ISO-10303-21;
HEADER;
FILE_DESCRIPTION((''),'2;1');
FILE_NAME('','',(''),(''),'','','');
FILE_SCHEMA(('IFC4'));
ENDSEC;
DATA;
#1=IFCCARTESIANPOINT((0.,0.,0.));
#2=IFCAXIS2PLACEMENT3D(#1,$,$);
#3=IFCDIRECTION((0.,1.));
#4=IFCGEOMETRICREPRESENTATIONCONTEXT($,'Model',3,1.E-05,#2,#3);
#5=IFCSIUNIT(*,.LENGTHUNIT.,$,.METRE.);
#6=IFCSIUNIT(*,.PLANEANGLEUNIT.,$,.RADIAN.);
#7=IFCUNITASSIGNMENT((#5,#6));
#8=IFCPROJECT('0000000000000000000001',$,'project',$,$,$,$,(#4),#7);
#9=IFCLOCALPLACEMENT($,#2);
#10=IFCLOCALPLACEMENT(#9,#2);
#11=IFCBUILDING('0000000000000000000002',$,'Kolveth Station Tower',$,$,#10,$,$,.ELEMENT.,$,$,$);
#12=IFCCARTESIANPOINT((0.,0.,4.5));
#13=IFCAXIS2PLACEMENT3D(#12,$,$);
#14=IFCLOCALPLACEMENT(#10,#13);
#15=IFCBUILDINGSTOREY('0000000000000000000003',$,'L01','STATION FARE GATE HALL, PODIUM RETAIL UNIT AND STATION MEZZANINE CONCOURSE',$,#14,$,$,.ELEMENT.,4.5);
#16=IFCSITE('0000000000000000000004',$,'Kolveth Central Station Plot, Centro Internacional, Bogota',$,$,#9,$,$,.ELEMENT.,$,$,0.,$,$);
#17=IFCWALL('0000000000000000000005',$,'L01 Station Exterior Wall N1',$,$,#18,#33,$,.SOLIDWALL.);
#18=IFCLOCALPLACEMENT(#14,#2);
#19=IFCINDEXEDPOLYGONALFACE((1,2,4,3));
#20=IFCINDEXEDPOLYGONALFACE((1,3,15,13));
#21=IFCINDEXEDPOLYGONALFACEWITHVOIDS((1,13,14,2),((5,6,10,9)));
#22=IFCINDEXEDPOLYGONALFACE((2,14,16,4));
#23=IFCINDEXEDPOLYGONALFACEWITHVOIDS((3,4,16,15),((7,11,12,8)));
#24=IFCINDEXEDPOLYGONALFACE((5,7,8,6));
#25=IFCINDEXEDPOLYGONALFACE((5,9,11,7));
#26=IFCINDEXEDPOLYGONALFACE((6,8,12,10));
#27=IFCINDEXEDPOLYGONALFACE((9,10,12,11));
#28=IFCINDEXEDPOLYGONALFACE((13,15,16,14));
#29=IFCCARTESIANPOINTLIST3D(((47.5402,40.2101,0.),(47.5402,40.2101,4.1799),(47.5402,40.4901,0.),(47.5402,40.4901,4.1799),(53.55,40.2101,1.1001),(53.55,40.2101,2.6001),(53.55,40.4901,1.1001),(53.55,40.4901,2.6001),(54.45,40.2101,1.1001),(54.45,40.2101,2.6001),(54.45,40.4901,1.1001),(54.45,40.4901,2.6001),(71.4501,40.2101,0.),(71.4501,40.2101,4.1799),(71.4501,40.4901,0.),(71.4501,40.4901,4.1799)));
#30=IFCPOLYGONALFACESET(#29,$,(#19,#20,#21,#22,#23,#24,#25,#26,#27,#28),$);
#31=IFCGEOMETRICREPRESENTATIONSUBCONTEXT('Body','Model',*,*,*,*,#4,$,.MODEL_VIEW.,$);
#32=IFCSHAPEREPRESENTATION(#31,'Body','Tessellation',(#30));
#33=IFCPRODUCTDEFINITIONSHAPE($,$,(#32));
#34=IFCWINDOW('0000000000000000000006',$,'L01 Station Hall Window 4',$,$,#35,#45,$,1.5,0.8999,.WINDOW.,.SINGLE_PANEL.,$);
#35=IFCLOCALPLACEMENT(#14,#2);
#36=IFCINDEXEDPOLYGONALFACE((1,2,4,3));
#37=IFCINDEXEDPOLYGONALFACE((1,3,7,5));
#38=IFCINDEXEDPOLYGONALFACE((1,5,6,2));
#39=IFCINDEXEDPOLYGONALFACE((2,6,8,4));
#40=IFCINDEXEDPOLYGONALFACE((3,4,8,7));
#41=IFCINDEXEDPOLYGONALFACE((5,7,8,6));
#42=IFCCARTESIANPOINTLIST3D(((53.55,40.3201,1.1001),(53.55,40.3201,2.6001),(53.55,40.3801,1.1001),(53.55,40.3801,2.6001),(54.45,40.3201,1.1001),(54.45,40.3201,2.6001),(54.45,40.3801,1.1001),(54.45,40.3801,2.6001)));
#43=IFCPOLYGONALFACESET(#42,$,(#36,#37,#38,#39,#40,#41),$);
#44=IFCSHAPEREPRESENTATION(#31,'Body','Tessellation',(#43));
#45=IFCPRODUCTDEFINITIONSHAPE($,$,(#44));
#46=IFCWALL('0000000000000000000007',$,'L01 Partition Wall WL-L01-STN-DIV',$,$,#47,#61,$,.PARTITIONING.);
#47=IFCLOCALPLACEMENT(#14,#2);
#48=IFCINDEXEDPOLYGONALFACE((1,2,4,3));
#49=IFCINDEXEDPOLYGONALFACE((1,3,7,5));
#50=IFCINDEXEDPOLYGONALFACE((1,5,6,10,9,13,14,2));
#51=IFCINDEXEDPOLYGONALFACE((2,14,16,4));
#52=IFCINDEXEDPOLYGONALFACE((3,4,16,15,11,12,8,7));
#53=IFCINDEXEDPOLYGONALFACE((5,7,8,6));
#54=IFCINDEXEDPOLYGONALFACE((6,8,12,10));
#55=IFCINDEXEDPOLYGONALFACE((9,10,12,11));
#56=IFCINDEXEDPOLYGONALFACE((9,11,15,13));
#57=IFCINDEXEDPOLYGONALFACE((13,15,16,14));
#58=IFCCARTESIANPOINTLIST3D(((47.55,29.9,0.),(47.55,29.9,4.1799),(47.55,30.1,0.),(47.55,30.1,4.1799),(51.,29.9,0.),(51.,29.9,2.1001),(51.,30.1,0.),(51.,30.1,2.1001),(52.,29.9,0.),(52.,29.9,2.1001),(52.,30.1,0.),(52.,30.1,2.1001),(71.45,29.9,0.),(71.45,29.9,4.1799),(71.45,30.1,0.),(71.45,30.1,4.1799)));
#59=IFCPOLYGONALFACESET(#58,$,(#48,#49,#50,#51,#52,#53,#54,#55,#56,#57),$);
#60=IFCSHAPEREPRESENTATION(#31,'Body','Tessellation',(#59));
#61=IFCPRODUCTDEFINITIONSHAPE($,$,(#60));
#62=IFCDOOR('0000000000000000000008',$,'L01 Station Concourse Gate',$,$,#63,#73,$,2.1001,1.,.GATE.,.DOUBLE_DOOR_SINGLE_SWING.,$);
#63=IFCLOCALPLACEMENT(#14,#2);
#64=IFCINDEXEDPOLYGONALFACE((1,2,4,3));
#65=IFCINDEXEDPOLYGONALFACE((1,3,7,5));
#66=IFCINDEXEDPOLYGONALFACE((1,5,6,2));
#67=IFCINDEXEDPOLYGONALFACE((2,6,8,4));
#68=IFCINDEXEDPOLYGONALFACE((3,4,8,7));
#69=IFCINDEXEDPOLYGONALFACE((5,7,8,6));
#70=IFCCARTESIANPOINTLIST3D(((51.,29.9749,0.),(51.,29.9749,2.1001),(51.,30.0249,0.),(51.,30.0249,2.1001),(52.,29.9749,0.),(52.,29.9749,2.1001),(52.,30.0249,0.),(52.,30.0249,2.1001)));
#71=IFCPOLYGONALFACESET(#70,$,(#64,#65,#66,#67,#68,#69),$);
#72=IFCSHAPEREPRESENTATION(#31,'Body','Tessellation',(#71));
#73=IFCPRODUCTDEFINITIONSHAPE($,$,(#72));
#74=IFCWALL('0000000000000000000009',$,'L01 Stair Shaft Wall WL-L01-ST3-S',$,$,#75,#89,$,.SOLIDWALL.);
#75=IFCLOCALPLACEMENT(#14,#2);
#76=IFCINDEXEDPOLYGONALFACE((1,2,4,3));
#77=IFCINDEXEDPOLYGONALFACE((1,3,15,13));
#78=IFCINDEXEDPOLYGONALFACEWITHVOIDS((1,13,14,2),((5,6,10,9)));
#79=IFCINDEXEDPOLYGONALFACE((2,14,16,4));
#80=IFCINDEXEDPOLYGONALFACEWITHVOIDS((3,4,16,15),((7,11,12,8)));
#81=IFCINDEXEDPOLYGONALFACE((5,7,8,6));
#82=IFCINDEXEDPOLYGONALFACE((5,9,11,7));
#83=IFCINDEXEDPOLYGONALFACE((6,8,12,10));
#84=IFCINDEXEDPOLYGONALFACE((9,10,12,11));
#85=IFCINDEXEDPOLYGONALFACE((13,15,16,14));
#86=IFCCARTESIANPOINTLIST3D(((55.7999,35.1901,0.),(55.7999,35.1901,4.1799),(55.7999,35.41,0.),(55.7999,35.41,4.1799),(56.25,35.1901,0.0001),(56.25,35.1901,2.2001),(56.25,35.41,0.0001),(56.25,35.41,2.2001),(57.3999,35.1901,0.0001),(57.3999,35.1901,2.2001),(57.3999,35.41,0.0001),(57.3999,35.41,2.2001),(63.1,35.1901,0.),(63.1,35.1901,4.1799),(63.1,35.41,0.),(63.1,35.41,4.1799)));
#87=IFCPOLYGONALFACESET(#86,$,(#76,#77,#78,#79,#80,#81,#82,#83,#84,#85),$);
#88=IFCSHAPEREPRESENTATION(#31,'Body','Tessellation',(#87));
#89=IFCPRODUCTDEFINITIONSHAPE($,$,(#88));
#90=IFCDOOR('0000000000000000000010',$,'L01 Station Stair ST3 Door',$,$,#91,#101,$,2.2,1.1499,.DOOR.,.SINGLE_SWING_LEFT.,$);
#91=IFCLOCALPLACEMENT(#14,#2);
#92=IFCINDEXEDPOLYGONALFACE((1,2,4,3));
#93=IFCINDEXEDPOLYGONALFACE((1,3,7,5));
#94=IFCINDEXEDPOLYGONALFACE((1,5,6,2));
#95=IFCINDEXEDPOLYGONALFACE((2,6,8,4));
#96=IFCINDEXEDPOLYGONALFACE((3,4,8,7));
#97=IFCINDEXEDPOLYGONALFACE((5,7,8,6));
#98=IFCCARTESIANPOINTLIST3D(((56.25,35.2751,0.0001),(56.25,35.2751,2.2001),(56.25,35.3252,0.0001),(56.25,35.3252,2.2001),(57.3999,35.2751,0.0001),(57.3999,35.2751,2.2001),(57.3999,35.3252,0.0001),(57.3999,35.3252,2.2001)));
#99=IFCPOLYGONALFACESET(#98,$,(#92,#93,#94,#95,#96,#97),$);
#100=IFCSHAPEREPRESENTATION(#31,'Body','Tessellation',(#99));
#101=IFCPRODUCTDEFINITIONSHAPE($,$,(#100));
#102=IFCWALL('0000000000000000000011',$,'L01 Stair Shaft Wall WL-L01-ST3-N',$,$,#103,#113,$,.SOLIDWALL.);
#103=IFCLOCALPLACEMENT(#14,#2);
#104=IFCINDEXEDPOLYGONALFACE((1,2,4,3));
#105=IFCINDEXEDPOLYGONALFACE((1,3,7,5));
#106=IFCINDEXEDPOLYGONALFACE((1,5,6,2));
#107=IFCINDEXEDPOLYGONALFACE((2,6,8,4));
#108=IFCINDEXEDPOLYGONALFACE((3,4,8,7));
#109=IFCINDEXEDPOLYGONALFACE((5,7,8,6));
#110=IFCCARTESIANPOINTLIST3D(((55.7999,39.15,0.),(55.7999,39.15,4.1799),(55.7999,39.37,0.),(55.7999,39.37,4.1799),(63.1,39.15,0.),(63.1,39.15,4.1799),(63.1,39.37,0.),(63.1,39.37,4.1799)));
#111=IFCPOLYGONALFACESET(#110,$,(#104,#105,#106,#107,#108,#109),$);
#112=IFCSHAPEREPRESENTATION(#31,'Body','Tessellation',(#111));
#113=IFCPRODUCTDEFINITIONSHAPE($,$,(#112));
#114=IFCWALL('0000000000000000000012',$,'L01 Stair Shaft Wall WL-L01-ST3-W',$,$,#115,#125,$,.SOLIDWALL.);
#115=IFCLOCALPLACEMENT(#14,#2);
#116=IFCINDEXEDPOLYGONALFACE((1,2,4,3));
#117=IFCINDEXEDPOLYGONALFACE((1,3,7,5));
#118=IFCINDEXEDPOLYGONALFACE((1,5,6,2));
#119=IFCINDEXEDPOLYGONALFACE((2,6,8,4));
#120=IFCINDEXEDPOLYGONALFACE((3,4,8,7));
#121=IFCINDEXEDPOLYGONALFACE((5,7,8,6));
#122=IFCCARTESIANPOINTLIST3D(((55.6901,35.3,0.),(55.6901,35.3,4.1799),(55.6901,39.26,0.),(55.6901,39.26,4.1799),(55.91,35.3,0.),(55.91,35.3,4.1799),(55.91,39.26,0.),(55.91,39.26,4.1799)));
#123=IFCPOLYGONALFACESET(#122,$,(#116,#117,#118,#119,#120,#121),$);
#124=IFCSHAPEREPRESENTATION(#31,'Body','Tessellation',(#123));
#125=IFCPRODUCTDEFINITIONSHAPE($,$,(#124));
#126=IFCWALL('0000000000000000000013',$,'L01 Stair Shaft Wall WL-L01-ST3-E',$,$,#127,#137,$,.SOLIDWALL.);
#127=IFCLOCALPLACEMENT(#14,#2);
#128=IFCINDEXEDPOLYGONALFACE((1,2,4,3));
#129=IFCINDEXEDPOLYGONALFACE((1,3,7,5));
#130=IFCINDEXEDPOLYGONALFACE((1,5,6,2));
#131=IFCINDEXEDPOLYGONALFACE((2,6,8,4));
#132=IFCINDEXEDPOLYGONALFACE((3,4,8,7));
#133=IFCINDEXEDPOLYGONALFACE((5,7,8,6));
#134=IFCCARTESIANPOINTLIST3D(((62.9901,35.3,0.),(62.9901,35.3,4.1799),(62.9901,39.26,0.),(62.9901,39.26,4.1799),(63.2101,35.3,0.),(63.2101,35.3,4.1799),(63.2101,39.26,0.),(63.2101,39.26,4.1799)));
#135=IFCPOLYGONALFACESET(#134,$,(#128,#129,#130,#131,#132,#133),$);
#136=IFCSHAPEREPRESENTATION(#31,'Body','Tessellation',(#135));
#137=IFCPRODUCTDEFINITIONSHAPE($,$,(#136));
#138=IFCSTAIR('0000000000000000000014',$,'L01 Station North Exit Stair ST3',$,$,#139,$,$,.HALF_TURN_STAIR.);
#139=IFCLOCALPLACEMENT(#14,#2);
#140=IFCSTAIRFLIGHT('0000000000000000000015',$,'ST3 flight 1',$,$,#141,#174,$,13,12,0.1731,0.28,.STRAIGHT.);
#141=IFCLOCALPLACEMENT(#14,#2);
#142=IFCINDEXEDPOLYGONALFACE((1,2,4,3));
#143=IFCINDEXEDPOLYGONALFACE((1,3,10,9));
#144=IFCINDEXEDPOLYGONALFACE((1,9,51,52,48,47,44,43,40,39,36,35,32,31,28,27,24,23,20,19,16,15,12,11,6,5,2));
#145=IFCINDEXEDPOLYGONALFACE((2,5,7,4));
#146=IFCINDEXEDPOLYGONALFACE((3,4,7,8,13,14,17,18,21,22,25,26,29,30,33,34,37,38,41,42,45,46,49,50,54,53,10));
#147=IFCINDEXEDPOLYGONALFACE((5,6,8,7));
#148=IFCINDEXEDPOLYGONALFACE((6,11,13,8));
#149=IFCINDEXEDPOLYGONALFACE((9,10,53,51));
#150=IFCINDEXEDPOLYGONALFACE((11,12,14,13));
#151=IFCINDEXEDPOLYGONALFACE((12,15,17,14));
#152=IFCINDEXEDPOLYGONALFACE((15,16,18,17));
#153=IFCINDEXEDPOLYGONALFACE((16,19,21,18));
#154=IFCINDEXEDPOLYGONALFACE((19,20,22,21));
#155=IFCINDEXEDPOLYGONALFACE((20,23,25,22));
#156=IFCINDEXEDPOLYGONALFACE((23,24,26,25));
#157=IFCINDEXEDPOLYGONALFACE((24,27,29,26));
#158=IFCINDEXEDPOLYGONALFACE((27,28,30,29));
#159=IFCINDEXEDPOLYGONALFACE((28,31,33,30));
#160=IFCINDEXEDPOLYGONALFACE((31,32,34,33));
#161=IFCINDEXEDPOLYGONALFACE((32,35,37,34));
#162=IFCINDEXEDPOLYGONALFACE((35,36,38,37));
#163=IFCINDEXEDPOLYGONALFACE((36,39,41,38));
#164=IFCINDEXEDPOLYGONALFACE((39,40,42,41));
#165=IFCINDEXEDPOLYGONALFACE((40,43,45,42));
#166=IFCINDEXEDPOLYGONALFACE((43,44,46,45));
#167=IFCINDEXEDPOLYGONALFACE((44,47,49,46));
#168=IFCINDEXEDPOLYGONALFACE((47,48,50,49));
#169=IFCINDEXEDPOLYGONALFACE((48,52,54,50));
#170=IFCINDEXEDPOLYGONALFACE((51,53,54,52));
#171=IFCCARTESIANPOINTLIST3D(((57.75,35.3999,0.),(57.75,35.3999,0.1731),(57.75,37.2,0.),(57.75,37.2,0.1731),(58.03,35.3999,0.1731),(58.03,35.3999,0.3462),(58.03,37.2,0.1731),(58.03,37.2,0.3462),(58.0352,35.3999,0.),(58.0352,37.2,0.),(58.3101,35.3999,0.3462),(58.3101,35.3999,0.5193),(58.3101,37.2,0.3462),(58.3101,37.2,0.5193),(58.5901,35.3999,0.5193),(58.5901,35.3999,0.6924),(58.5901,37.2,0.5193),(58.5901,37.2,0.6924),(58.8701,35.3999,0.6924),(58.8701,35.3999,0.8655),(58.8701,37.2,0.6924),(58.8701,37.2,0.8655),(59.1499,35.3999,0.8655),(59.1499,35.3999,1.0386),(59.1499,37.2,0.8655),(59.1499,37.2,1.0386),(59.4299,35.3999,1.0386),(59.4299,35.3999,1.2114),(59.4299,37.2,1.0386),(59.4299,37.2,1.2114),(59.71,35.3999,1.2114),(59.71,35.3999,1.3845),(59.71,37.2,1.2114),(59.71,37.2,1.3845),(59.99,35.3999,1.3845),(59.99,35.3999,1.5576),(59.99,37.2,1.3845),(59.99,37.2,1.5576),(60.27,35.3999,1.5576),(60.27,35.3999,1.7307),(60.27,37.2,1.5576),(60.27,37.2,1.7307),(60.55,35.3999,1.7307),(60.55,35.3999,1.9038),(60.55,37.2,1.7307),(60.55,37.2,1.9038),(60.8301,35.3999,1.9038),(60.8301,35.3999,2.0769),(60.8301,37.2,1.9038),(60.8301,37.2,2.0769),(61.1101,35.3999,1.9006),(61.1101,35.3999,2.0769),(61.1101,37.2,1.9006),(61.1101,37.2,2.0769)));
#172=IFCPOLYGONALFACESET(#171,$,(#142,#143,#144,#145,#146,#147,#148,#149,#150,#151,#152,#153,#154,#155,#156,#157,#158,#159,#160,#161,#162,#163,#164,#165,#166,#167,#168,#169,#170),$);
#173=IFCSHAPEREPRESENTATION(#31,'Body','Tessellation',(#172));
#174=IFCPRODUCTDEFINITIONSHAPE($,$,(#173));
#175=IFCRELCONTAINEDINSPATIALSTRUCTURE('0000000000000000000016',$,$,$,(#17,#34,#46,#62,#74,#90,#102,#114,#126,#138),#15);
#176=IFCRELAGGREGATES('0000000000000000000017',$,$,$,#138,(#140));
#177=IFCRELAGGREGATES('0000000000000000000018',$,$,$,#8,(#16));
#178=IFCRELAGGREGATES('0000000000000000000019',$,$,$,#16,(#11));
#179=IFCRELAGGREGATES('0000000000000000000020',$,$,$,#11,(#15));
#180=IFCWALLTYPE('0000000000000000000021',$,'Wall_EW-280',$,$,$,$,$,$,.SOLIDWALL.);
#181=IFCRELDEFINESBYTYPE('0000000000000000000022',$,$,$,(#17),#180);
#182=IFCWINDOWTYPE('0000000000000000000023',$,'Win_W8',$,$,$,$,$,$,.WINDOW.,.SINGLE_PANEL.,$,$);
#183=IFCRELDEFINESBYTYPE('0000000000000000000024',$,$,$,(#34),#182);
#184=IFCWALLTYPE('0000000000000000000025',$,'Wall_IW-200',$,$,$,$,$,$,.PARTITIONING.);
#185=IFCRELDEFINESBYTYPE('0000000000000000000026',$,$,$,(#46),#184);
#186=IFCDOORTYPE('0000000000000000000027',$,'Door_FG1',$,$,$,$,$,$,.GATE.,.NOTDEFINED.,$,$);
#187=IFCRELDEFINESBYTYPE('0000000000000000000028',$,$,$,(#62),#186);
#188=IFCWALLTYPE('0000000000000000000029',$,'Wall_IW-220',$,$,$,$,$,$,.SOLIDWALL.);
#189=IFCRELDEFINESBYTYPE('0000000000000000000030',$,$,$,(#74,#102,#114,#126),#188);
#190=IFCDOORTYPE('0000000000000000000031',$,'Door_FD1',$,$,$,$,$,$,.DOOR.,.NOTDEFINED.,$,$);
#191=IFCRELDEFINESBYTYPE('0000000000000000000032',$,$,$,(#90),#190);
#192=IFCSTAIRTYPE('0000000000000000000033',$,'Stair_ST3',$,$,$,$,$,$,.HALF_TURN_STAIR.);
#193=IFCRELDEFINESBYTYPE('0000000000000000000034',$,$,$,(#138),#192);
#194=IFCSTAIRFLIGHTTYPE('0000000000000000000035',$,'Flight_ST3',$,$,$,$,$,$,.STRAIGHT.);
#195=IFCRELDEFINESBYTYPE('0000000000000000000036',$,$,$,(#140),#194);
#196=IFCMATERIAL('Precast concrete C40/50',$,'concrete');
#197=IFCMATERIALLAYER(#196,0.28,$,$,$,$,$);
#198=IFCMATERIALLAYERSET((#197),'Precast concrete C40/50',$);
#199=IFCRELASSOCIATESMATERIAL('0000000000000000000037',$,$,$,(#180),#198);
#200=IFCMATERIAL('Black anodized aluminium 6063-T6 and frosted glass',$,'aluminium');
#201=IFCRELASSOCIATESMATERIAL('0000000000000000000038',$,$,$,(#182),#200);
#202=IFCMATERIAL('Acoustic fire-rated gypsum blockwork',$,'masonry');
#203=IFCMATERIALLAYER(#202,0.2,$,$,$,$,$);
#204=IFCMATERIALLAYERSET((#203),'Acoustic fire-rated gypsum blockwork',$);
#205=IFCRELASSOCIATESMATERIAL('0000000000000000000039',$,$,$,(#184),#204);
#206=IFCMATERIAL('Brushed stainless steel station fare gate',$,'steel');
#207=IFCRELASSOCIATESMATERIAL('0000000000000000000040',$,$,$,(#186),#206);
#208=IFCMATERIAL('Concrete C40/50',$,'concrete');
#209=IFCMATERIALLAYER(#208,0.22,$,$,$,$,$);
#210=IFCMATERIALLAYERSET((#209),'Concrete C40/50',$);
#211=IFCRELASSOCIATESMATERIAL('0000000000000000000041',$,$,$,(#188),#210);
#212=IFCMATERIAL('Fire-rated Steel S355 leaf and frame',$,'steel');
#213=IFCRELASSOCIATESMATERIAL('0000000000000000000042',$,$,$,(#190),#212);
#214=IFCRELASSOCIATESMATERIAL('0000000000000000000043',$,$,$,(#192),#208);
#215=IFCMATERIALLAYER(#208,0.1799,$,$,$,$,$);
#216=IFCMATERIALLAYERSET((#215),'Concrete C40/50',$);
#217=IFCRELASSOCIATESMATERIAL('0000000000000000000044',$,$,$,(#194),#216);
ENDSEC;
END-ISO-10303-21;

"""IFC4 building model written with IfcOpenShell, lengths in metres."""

from ifc_helpers import new_model, si_unit, direction, frame, frame_2d, origin, place, context, subcontext, project, spatial, polyline, rectangle, outline, extrude, material, layer, layer_set, type_object, element, fill, aggregate, save


model = new_model("IFC4")

# Units and contexts
model_context = context("Model", 3, precision=1e-05, world=origin(), true_north=direction((0.0, 1.0)))
body_context = subcontext(model_context, "Body", "Model", "MODEL_VIEW")
ifc_project = project(units=[si_unit("LENGTHUNIT", "METRE"), si_unit("PLANEANGLEUNIT", "RADIAN")], contexts=[model_context])

# Site, building, storey
site_placement = place(None, origin())
site = spatial("IfcSite", under=ifc_project, at=site_placement, Name="Kolveth Central Station Plot, Centro Internacional, Bogota", CompositionType="ELEMENT", RefElevation=0.0)
building_placement = place(site_placement, origin())
building = spatial("IfcBuilding", under=site, at=building_placement, Name="Kolveth Station Tower", CompositionType="ELEMENT")
storey_placement = place(building_placement, frame((0.0, 0.0, 4.5)))
storey = spatial("IfcBuildingStorey", under=building, at=storey_placement, Name="L01", Description="STATION FARE GATE HALL, PODIUM RETAIL UNIT AND STATION MEZZANINE CONCOURSE", CompositionType="ELEMENT", Elevation=4.5)

# Shared definitions
ifc_material_1 = material(Name="Precast concrete C40/50", Category="concrete")
ifc_layer_1 = layer(ifc_material_1, 0.28)
ifc_layer_set_1 = layer_set([ifc_layer_1], Name="Precast concrete C40/50")
wall_type_1 = type_object("IfcWallType", Name="Wall_EW-280", PredefinedType="SOLIDWALL", material=ifc_layer_set_1)

# Wall, opening, window
wall_1_placement = place(storey_placement, frame((47.54, 40.3501, 0.0), z_axis=(0.0, 0.0, 1.0), x_axis=(1.0, 0.0, 0.0)))
wall_1 = element("IfcWall", 1, at=wall_1_placement, inside=storey, type_object=wall_type_1, Name="L01 Station Exterior Wall N1", PredefinedType="SOLIDWALL", context=body_context, shape_type="SweptSolid", body=[
    extrude(rectangle(XDim=23.9099, YDim=0.28, at=frame_2d((11.9551, 0.0))), origin(), (0.0, 0.0, 1.0), 4.1799),
])
opening_1_placement = place(wall_1_placement, frame((6.01, 0.0, 1.1001)))
opening_1 = element("IfcOpeningElement", 2, at=opening_1_placement, cuts=wall_1, PredefinedType="OPENING", context=body_context, shape_type="SweptSolid", body=[
    extrude(rectangle(XDim=0.8999, YDim=1.5, at=frame_2d((0.45, 0.75))), frame((0.0, 0.1499, 0.0), z_axis=(0.0, -1.0, 0.0), x_axis=(1.0, 0.0, 0.0)), (0.0, 0.0, 1.0), 0.3),
])
ifc_material_2 = material(Name="Black anodized aluminium 6063-T6 and frosted glass", Category="aluminium")
window_type = type_object("IfcWindowType", Name="Win_W8", PartitioningType="SINGLE_PANEL", PredefinedType="WINDOW", material=ifc_material_2)
window_placement = place(opening_1_placement, origin())
window = element("IfcWindow", 3, at=window_placement, inside=storey, type_object=window_type, Name="L01 Station Hall Window 4", OverallHeight=1.5, OverallWidth=0.8999, PartitioningType="SINGLE_PANEL", PredefinedType="WINDOW", context=body_context, shape_type="SweptSolid", body=[
    extrude(rectangle(XDim=0.8999, YDim=1.5, at=frame_2d((0.45, 0.75))), frame((0.0, 0.03, 0.0), z_axis=(0.0, -1.0, 0.0), x_axis=(1.0, 0.0, 0.0)), (0.0, 0.0, 1.0), 0.0601),
])
fill(opening_1, window)

# Walls, openings, doors
ifc_material_3 = material(Name="Acoustic fire-rated gypsum blockwork", Category="masonry")
ifc_layer_2 = layer(ifc_material_3, 0.2)
ifc_layer_set_2 = layer_set([ifc_layer_2], Name="Acoustic fire-rated gypsum blockwork")
wall_type_2 = type_object("IfcWallType", Name="Wall_IW-200", PredefinedType="PARTITIONING", material=ifc_layer_set_2)
wall_2_placement = place(storey_placement, frame((47.55, 30.0, 0.0), z_axis=(0.0, 0.0, 1.0), x_axis=(1.0, 0.0, 0.0)))
wall_2 = element("IfcWall", 4, at=wall_2_placement, inside=storey, type_object=wall_type_2, Name="L01 Partition Wall WL-L01-STN-DIV", PredefinedType="PARTITIONING", context=body_context, shape_type="SweptSolid", body=[
    extrude(rectangle(XDim=23.8999, YDim=0.2, at=frame_2d((11.95, 0.0))), origin(), (0.0, 0.0, 1.0), 4.1799),
])
opening_2_placement = place(wall_2_placement, frame((3.45, 0.0, 0.0)))
opening_2 = element("IfcOpeningElement", 5, at=opening_2_placement, cuts=wall_2, PredefinedType="OPENING", context=body_context, shape_type="SweptSolid", body=[
    extrude(rectangle(XDim=1.0, YDim=2.1001, at=frame_2d((0.5, 1.05))), frame((0.0, 0.1099, 0.0), z_axis=(0.0, -1.0, 0.0), x_axis=(1.0, 0.0, 0.0)), (0.0, 0.0, 1.0), 0.22),
])
ifc_material_4 = material(Name="Brushed stainless steel station fare gate", Category="steel")
door_type_1 = type_object("IfcDoorType", Name="Door_FG1", OperationType="NOTDEFINED", PredefinedType="GATE", material=ifc_material_4)
door_1_placement = place(opening_2_placement, origin())
door_1 = element("IfcDoor", 6, at=door_1_placement, inside=storey, type_object=door_type_1, Name="L01 Station Concourse Gate", OperationType="DOUBLE_DOOR_SINGLE_SWING", OverallHeight=2.1001, OverallWidth=1.0, PredefinedType="GATE", context=body_context, shape_type="SweptSolid", body=[
    extrude(rectangle(XDim=1.0, YDim=2.1001, at=frame_2d((0.5, 1.05))), frame((0.0, 0.0249, 0.0), z_axis=(0.0, -1.0, 0.0), x_axis=(1.0, 0.0, 0.0)), (0.0, 0.0, 1.0), 0.05),
])
fill(opening_2, door_1)
ifc_material_5 = material(Name="Concrete C40/50", Category="concrete")
ifc_layer_3 = layer(ifc_material_5, 0.22)
ifc_layer_set_3 = layer_set([ifc_layer_3], Name="Concrete C40/50")
wall_type_3 = type_object("IfcWallType", Name="Wall_IW-220", PredefinedType="SOLIDWALL", material=ifc_layer_set_3)
wall_3_placement = place(storey_placement, frame((55.8, 35.3, 0.0), z_axis=(0.0, 0.0, 1.0), x_axis=(1.0, 0.0, 0.0)))
wall_3 = element("IfcWall", 7, at=wall_3_placement, inside=storey, type_object=wall_type_3, Name="L01 Stair Shaft Wall WL-L01-ST3-S", PredefinedType="SOLIDWALL", context=body_context, shape_type="SweptSolid", body=[
    extrude(rectangle(XDim=7.3, YDim=0.22, at=frame_2d((3.6499, 0.0))), origin(), (0.0, 0.0, 1.0), 4.1799),
])
opening_3_placement = place(wall_3_placement, frame((0.45, 0.0, 0.0)))
opening_3 = element("IfcOpeningElement", 8, at=opening_3_placement, cuts=wall_3, PredefinedType="OPENING", context=body_context, shape_type="SweptSolid", body=[
    extrude(rectangle(XDim=1.1499, YDim=2.2, at=frame_2d((0.575, 1.1001))), frame((0.0, 0.1199, 0.0), z_axis=(0.0, -1.0, 0.0), x_axis=(1.0, 0.0, 0.0)), (0.0, 0.0, 1.0), 0.24),
])
ifc_material_6 = material(Name="Fire-rated Steel S355 leaf and frame", Category="steel")
door_type_2 = type_object("IfcDoorType", Name="Door_FD1", OperationType="NOTDEFINED", PredefinedType="DOOR", material=ifc_material_6)
door_2_placement = place(opening_3_placement, frame((1.1499, 0.0, 0.0), z_axis=(0.0, 0.0, 1.0), x_axis=(-1.0, 0.0, 0.0)))
door_2 = element("IfcDoor", 9, at=door_2_placement, inside=storey, type_object=door_type_2, Name="L01 Station Stair ST3 Door", OperationType="SINGLE_SWING_LEFT", OverallHeight=2.2, OverallWidth=1.1499, PredefinedType="DOOR", context=body_context, shape_type="SweptSolid", body=[
    extrude(rectangle(XDim=1.1499, YDim=2.2, at=frame_2d((0.575, 1.1001))), frame((0.0, 0.0249, 0.0), z_axis=(0.0, -1.0, 0.0), x_axis=(1.0, 0.0, 0.0)), (0.0, 0.0, 1.0), 0.05),
])
fill(opening_3, door_2)

# Walls
wall_4_placement = place(storey_placement, frame((55.8, 39.26, 0.0), z_axis=(0.0, 0.0, 1.0), x_axis=(1.0, 0.0, 0.0)))
element("IfcWall", 10, at=wall_4_placement, inside=storey, type_object=wall_type_3, Name="L01 Stair Shaft Wall WL-L01-ST3-N", PredefinedType="SOLIDWALL", context=body_context, shape_type="SweptSolid", body=[
    extrude(rectangle(XDim=7.3, YDim=0.22, at=frame_2d((3.6499, 0.0))), origin(), (0.0, 0.0, 1.0), 4.1799),
])
for number, where, z_axis, x_axis, name in (
    (11, (55.8, 35.3, 0.0), (0.0, 0.0, 1.0), (0.0, 1.0, 0.0), "L01 Stair Shaft Wall WL-L01-ST3-W"),
    (12, (63.1001, 35.3, 0.0), (0.0, 0.0, 1.0), (0.0, 1.0, 0.0), "L01 Stair Shaft Wall WL-L01-ST3-E"),
):
    element("IfcWall", number, at=place(storey_placement, frame(where, z_axis=z_axis, x_axis=x_axis)), inside=storey, type_object=wall_type_3, Name=name, PredefinedType="SOLIDWALL", context=body_context, shape_type="SweptSolid", body=[
        extrude(rectangle(XDim=3.96, YDim=0.22, at=frame_2d((1.98, 0.0))), origin(), (0.0, 0.0, 1.0), 4.1799),
    ])

# Stair, stair flight
stair_type = type_object("IfcStairType", Name="Stair_ST3", PredefinedType="HALF_TURN_STAIR", material=ifc_material_5)
stair_placement = place(storey_placement, origin())
stair = element("IfcStair", 13, at=stair_placement, inside=storey, type_object=stair_type, Name="L01 Station North Exit Stair ST3", PredefinedType="HALF_TURN_STAIR")
ifc_layer_4 = layer(ifc_material_5, 0.1799)
ifc_layer_set_4 = layer_set([ifc_layer_4], Name="Concrete C40/50")
stair_flight_type = type_object("IfcStairFlightType", Name="Flight_ST3", PredefinedType="STRAIGHT", material=ifc_layer_set_4)
stair_flight_1_placement = place(storey_placement, frame((57.75, 36.3, 0.0), z_axis=(0.0, 0.0, 1.0), x_axis=(1.0, 0.0, 0.0)))
stair_flight_1 = element("IfcStairFlight", 14, at=stair_flight_1_placement, type_object=stair_flight_type, Name="ST3 flight 1", NumberOfRisers=13, NumberOfTreads=12, PredefinedType="STRAIGHT", RiserHeight=0.1731, TreadLength=0.28, context=body_context, shape_type="SweptSolid", body=[
    extrude(outline(polyline([(0.0, 0.0), (0.0, 0.1731), (0.28, 0.1731), (0.28, 0.3462), (0.5601, 0.3462), (0.5601, 0.5193), (0.8401, 0.5193), (0.8401, 0.6924), (1.1201, 0.6924), (1.1201, 0.8655), (1.3999, 0.8655), (1.3999, 1.0386), (1.6799, 1.0386), (1.6799, 1.2114), (1.96, 1.2114), (1.96, 1.3845), (2.24, 1.3845), (2.24, 1.5576), (2.52, 1.5576), (2.52, 1.7307), (2.8, 1.7307), (2.8, 1.9038), (3.0801, 1.9038), (3.0801, 2.0769), (3.3601, 2.0769), (3.3601, 2.25), (3.3601, 1.9006), (0.2852, 0.0), (0.0, 0.0)])), frame((0.0, 0.8999, 0.0), z_axis=(0.0, -1.0, 0.0), x_axis=(1.0, 0.0, 0.0)), (0.0, 0.0, 1.0), 1.8),
])
aggregate(stair, [stair_flight_1])

save(model, "model.ifc")
